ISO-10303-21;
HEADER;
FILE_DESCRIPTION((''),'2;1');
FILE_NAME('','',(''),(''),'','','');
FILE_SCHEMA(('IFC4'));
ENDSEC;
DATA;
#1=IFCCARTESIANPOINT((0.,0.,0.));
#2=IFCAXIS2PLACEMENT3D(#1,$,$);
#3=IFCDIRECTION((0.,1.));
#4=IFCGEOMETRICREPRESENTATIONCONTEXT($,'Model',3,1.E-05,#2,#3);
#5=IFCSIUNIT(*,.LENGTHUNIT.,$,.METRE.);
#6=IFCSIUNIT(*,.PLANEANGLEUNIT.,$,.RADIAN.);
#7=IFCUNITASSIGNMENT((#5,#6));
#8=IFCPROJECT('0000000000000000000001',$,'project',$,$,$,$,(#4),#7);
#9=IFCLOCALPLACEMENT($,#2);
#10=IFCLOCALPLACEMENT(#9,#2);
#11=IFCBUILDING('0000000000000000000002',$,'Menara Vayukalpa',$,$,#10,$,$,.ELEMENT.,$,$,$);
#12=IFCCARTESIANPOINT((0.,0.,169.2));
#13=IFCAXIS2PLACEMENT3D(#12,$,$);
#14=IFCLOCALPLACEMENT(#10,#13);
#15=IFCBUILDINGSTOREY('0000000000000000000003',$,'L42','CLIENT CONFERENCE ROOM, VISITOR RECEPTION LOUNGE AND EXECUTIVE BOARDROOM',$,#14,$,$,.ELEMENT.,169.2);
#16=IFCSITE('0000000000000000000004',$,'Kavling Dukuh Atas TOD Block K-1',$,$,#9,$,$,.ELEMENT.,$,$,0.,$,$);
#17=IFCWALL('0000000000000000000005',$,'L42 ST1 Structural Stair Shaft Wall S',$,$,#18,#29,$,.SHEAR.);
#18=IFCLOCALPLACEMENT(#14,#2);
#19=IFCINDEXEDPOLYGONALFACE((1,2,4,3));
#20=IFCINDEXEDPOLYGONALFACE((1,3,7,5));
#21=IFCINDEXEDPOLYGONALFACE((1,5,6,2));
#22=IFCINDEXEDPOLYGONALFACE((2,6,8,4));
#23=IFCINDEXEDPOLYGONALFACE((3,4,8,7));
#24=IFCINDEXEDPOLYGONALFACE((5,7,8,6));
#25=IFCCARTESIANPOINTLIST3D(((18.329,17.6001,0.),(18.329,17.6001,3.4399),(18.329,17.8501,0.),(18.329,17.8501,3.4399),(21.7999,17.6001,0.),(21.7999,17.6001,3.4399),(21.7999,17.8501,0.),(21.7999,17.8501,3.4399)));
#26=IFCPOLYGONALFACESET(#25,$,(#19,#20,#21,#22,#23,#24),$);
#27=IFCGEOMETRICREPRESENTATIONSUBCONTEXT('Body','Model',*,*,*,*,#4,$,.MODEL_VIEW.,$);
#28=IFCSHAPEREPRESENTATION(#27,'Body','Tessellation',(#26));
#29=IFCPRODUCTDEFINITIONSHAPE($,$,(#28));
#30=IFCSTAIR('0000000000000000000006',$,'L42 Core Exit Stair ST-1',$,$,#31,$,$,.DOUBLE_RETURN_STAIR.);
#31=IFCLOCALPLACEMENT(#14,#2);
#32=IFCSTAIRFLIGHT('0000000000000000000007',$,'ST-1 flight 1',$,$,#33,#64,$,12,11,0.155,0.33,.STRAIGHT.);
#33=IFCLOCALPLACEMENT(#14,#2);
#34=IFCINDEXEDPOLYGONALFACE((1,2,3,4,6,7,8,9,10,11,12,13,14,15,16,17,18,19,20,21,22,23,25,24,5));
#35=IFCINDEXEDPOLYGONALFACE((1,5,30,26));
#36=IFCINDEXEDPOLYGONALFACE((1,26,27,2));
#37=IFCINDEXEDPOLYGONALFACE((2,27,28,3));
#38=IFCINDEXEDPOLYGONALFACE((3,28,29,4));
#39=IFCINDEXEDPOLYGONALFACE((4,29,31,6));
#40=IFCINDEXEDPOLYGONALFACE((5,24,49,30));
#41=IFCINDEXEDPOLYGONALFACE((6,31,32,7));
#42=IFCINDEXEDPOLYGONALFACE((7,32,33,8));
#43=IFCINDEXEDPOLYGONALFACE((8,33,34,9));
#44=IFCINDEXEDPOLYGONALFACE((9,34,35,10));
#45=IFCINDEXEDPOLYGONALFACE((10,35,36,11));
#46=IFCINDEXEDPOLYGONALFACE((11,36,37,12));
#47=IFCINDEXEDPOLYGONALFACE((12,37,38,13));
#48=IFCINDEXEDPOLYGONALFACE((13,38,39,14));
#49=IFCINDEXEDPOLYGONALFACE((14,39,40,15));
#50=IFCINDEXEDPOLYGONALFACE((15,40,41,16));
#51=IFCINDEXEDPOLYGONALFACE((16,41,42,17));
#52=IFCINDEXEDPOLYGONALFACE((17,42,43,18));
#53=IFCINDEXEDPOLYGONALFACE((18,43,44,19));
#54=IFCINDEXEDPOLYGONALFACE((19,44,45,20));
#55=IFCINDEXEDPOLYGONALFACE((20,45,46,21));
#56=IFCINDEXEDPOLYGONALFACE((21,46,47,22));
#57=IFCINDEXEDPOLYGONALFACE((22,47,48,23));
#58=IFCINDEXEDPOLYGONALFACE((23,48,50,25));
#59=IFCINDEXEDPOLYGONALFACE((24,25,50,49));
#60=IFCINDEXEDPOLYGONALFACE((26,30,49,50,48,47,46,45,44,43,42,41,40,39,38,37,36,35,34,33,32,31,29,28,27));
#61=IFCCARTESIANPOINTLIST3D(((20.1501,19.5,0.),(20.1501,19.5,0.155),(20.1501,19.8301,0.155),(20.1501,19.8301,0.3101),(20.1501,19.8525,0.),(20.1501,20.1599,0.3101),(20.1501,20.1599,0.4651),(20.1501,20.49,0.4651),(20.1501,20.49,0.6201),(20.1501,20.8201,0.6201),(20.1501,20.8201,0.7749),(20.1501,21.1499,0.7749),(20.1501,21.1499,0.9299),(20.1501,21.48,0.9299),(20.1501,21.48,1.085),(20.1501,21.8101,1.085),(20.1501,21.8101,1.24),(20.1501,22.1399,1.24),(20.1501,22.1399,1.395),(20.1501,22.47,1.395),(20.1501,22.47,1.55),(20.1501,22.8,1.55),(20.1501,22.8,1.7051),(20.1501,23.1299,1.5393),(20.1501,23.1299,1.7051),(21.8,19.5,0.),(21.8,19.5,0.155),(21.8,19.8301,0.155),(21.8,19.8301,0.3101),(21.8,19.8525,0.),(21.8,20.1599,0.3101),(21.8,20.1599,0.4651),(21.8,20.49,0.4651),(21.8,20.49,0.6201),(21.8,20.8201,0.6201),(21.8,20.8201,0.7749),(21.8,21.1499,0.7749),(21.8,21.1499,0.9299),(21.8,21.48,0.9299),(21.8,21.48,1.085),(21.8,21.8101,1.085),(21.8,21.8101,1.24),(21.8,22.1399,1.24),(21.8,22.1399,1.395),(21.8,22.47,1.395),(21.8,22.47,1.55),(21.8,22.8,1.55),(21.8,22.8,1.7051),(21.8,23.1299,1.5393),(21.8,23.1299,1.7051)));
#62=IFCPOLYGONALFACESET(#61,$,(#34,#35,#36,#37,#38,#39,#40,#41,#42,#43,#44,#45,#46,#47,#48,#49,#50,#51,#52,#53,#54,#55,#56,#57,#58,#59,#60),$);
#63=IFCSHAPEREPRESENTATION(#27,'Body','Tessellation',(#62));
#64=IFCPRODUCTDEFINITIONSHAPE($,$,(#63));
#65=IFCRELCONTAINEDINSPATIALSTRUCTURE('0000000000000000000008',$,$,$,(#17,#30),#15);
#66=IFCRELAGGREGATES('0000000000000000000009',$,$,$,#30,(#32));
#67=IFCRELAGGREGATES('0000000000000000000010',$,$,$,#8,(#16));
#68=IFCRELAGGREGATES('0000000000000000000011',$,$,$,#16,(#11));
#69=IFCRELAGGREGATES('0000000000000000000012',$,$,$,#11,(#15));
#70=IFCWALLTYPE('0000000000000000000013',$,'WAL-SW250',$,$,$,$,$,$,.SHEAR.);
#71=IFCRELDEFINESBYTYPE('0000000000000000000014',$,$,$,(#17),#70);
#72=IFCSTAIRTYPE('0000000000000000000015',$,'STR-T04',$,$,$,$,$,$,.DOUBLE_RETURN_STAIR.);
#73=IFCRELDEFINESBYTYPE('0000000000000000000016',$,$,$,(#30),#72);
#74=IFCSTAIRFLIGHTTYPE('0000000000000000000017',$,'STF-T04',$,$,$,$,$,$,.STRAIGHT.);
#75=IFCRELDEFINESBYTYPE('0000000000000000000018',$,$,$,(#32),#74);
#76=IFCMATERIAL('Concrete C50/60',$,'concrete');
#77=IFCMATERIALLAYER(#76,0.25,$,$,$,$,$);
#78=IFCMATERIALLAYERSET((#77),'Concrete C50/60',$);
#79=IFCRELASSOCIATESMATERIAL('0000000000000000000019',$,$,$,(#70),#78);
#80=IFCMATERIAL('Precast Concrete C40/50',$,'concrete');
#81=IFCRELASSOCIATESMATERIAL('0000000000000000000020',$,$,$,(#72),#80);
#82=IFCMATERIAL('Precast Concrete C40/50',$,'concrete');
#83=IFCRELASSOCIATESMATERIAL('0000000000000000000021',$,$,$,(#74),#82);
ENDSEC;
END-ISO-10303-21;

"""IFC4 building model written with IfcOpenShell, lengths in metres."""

from ifc_helpers import new_model, si_unit, direction, frame, frame_2d, origin, place, context, subcontext, project, spatial, polyline, rectangle, outline, extrude, material, layer, layer_set, type_object, element, aggregate, save


model = new_model("IFC4")

# Units and contexts
model_context = context("Model", 3, precision=1e-05, world=origin(), true_north=direction((0.0, 1.0)))
body_context = subcontext(model_context, "Body", "Model", "MODEL_VIEW")
ifc_project = project(units=[si_unit("LENGTHUNIT", "METRE"), si_unit("PLANEANGLEUNIT", "RADIAN")], contexts=[model_context])

# Site, building, storey
site_placement = place(None, origin())
site = spatial("IfcSite", under=ifc_project, at=site_placement, Name="Kavling Dukuh Atas TOD Block K-1", CompositionType="ELEMENT", RefElevation=0.0)
building_placement = place(site_placement, origin())
building = spatial("IfcBuilding", under=site, at=building_placement, Name="Menara Vayukalpa", CompositionType="ELEMENT")
storey_placement = place(building_placement, frame((0.0, 0.0, 169.2)))
storey = spatial("IfcBuildingStorey", under=building, at=storey_placement, Name="L42", Description="CLIENT CONFERENCE ROOM, VISITOR RECEPTION LOUNGE AND EXECUTIVE BOARDROOM", CompositionType="ELEMENT", Elevation=169.2)

# Shared definitions
ifc_material_1 = material(Name="Concrete C50/60", Category="concrete")
ifc_layer_1 = layer(ifc_material_1, 0.25)
ifc_layer_set_1 = layer_set([ifc_layer_1], Name="Concrete C50/60")
wall_type_1 = type_object("IfcWallType", Name="WAL-SW250", PredefinedType="SHEAR", material=ifc_layer_set_1)

# Wall
wall_1_placement = place(storey_placement, frame((18.3291, 17.7251, 0.0), z_axis=(0.0, 0.0, 1.0), x_axis=(1.0, 0.0, 0.0)))
element("IfcWall", 1, at=wall_1_placement, inside=storey, type_object=wall_type_1, Name="L42 ST1 Structural Stair Shaft Wall S", PredefinedType="SHEAR", context=body_context, shape_type="SweptSolid", body=[
    extrude(rectangle(XDim=3.4709, YDim=0.25, at=frame_2d((1.7354, 0.0))), origin(), (0.0, 0.0, 1.0), 3.4399),
])

# Stair, stair flight
ifc_material_2 = material(Name="Precast Concrete C40/50", Category="concrete")
stair_type = type_object("IfcStairType", Name="STR-T04", PredefinedType="DOUBLE_RETURN_STAIR", material=ifc_material_2)
stair_placement = place(storey_placement, origin())
stair = element("IfcStair", 2, at=stair_placement, inside=storey, type_object=stair_type, Name="L42 Core Exit Stair ST-1", PredefinedType="DOUBLE_RETURN_STAIR")
ifc_material_3 = material(Name="Precast Concrete C40/50", Category="concrete")
stair_flight_type = type_object("IfcStairFlightType", Name="STF-T04", PredefinedType="STRAIGHT", material=ifc_material_3)
stair_flight_placement = place(storey_placement, frame((20.9751, 19.5, 0.0), z_axis=(0.0, 0.0, 1.0), x_axis=(0.0, 1.0, 0.0)))
stair_flight = element("IfcStairFlight", 3, at=stair_flight_placement, type_object=stair_flight_type, Name="ST-1 flight 1", NumberOfRisers=12, NumberOfTreads=11, PredefinedType="STRAIGHT", RiserHeight=0.155, TreadLength=0.33, context=body_context, shape_type="SweptSolid", body=[
    extrude(outline(polyline([(0.0, 0.0), (0.0, 0.155), (0.3301, 0.155), (0.3301, 0.3101), (0.6599, 0.3101), (0.6599, 0.4651), (0.99, 0.4651), (0.99, 0.6201), (1.3201, 0.6201), (1.3201, 0.7749), (1.6499, 0.7749), (1.6499, 0.9299), (1.98, 0.9299), (1.98, 1.085), (2.3101, 1.085), (2.3101, 1.24), (2.6399, 1.24), (2.6399, 1.395), (2.97, 1.395), (2.97, 1.55), (3.3, 1.55), (3.3, 1.7051), (3.6299, 1.7051), (3.6299, 1.8601), (3.6299, 1.5393), (0.3525, 0.0), (0.0, 0.0)])), frame((0.0, 0.825, 0.0), z_axis=(0.0, -1.0, 0.0), x_axis=(1.0, 0.0, 0.0)), (0.0, 0.0, 1.0), 1.6499),
])
aggregate(stair, [stair_flight])

save(model, "model.ifc")
